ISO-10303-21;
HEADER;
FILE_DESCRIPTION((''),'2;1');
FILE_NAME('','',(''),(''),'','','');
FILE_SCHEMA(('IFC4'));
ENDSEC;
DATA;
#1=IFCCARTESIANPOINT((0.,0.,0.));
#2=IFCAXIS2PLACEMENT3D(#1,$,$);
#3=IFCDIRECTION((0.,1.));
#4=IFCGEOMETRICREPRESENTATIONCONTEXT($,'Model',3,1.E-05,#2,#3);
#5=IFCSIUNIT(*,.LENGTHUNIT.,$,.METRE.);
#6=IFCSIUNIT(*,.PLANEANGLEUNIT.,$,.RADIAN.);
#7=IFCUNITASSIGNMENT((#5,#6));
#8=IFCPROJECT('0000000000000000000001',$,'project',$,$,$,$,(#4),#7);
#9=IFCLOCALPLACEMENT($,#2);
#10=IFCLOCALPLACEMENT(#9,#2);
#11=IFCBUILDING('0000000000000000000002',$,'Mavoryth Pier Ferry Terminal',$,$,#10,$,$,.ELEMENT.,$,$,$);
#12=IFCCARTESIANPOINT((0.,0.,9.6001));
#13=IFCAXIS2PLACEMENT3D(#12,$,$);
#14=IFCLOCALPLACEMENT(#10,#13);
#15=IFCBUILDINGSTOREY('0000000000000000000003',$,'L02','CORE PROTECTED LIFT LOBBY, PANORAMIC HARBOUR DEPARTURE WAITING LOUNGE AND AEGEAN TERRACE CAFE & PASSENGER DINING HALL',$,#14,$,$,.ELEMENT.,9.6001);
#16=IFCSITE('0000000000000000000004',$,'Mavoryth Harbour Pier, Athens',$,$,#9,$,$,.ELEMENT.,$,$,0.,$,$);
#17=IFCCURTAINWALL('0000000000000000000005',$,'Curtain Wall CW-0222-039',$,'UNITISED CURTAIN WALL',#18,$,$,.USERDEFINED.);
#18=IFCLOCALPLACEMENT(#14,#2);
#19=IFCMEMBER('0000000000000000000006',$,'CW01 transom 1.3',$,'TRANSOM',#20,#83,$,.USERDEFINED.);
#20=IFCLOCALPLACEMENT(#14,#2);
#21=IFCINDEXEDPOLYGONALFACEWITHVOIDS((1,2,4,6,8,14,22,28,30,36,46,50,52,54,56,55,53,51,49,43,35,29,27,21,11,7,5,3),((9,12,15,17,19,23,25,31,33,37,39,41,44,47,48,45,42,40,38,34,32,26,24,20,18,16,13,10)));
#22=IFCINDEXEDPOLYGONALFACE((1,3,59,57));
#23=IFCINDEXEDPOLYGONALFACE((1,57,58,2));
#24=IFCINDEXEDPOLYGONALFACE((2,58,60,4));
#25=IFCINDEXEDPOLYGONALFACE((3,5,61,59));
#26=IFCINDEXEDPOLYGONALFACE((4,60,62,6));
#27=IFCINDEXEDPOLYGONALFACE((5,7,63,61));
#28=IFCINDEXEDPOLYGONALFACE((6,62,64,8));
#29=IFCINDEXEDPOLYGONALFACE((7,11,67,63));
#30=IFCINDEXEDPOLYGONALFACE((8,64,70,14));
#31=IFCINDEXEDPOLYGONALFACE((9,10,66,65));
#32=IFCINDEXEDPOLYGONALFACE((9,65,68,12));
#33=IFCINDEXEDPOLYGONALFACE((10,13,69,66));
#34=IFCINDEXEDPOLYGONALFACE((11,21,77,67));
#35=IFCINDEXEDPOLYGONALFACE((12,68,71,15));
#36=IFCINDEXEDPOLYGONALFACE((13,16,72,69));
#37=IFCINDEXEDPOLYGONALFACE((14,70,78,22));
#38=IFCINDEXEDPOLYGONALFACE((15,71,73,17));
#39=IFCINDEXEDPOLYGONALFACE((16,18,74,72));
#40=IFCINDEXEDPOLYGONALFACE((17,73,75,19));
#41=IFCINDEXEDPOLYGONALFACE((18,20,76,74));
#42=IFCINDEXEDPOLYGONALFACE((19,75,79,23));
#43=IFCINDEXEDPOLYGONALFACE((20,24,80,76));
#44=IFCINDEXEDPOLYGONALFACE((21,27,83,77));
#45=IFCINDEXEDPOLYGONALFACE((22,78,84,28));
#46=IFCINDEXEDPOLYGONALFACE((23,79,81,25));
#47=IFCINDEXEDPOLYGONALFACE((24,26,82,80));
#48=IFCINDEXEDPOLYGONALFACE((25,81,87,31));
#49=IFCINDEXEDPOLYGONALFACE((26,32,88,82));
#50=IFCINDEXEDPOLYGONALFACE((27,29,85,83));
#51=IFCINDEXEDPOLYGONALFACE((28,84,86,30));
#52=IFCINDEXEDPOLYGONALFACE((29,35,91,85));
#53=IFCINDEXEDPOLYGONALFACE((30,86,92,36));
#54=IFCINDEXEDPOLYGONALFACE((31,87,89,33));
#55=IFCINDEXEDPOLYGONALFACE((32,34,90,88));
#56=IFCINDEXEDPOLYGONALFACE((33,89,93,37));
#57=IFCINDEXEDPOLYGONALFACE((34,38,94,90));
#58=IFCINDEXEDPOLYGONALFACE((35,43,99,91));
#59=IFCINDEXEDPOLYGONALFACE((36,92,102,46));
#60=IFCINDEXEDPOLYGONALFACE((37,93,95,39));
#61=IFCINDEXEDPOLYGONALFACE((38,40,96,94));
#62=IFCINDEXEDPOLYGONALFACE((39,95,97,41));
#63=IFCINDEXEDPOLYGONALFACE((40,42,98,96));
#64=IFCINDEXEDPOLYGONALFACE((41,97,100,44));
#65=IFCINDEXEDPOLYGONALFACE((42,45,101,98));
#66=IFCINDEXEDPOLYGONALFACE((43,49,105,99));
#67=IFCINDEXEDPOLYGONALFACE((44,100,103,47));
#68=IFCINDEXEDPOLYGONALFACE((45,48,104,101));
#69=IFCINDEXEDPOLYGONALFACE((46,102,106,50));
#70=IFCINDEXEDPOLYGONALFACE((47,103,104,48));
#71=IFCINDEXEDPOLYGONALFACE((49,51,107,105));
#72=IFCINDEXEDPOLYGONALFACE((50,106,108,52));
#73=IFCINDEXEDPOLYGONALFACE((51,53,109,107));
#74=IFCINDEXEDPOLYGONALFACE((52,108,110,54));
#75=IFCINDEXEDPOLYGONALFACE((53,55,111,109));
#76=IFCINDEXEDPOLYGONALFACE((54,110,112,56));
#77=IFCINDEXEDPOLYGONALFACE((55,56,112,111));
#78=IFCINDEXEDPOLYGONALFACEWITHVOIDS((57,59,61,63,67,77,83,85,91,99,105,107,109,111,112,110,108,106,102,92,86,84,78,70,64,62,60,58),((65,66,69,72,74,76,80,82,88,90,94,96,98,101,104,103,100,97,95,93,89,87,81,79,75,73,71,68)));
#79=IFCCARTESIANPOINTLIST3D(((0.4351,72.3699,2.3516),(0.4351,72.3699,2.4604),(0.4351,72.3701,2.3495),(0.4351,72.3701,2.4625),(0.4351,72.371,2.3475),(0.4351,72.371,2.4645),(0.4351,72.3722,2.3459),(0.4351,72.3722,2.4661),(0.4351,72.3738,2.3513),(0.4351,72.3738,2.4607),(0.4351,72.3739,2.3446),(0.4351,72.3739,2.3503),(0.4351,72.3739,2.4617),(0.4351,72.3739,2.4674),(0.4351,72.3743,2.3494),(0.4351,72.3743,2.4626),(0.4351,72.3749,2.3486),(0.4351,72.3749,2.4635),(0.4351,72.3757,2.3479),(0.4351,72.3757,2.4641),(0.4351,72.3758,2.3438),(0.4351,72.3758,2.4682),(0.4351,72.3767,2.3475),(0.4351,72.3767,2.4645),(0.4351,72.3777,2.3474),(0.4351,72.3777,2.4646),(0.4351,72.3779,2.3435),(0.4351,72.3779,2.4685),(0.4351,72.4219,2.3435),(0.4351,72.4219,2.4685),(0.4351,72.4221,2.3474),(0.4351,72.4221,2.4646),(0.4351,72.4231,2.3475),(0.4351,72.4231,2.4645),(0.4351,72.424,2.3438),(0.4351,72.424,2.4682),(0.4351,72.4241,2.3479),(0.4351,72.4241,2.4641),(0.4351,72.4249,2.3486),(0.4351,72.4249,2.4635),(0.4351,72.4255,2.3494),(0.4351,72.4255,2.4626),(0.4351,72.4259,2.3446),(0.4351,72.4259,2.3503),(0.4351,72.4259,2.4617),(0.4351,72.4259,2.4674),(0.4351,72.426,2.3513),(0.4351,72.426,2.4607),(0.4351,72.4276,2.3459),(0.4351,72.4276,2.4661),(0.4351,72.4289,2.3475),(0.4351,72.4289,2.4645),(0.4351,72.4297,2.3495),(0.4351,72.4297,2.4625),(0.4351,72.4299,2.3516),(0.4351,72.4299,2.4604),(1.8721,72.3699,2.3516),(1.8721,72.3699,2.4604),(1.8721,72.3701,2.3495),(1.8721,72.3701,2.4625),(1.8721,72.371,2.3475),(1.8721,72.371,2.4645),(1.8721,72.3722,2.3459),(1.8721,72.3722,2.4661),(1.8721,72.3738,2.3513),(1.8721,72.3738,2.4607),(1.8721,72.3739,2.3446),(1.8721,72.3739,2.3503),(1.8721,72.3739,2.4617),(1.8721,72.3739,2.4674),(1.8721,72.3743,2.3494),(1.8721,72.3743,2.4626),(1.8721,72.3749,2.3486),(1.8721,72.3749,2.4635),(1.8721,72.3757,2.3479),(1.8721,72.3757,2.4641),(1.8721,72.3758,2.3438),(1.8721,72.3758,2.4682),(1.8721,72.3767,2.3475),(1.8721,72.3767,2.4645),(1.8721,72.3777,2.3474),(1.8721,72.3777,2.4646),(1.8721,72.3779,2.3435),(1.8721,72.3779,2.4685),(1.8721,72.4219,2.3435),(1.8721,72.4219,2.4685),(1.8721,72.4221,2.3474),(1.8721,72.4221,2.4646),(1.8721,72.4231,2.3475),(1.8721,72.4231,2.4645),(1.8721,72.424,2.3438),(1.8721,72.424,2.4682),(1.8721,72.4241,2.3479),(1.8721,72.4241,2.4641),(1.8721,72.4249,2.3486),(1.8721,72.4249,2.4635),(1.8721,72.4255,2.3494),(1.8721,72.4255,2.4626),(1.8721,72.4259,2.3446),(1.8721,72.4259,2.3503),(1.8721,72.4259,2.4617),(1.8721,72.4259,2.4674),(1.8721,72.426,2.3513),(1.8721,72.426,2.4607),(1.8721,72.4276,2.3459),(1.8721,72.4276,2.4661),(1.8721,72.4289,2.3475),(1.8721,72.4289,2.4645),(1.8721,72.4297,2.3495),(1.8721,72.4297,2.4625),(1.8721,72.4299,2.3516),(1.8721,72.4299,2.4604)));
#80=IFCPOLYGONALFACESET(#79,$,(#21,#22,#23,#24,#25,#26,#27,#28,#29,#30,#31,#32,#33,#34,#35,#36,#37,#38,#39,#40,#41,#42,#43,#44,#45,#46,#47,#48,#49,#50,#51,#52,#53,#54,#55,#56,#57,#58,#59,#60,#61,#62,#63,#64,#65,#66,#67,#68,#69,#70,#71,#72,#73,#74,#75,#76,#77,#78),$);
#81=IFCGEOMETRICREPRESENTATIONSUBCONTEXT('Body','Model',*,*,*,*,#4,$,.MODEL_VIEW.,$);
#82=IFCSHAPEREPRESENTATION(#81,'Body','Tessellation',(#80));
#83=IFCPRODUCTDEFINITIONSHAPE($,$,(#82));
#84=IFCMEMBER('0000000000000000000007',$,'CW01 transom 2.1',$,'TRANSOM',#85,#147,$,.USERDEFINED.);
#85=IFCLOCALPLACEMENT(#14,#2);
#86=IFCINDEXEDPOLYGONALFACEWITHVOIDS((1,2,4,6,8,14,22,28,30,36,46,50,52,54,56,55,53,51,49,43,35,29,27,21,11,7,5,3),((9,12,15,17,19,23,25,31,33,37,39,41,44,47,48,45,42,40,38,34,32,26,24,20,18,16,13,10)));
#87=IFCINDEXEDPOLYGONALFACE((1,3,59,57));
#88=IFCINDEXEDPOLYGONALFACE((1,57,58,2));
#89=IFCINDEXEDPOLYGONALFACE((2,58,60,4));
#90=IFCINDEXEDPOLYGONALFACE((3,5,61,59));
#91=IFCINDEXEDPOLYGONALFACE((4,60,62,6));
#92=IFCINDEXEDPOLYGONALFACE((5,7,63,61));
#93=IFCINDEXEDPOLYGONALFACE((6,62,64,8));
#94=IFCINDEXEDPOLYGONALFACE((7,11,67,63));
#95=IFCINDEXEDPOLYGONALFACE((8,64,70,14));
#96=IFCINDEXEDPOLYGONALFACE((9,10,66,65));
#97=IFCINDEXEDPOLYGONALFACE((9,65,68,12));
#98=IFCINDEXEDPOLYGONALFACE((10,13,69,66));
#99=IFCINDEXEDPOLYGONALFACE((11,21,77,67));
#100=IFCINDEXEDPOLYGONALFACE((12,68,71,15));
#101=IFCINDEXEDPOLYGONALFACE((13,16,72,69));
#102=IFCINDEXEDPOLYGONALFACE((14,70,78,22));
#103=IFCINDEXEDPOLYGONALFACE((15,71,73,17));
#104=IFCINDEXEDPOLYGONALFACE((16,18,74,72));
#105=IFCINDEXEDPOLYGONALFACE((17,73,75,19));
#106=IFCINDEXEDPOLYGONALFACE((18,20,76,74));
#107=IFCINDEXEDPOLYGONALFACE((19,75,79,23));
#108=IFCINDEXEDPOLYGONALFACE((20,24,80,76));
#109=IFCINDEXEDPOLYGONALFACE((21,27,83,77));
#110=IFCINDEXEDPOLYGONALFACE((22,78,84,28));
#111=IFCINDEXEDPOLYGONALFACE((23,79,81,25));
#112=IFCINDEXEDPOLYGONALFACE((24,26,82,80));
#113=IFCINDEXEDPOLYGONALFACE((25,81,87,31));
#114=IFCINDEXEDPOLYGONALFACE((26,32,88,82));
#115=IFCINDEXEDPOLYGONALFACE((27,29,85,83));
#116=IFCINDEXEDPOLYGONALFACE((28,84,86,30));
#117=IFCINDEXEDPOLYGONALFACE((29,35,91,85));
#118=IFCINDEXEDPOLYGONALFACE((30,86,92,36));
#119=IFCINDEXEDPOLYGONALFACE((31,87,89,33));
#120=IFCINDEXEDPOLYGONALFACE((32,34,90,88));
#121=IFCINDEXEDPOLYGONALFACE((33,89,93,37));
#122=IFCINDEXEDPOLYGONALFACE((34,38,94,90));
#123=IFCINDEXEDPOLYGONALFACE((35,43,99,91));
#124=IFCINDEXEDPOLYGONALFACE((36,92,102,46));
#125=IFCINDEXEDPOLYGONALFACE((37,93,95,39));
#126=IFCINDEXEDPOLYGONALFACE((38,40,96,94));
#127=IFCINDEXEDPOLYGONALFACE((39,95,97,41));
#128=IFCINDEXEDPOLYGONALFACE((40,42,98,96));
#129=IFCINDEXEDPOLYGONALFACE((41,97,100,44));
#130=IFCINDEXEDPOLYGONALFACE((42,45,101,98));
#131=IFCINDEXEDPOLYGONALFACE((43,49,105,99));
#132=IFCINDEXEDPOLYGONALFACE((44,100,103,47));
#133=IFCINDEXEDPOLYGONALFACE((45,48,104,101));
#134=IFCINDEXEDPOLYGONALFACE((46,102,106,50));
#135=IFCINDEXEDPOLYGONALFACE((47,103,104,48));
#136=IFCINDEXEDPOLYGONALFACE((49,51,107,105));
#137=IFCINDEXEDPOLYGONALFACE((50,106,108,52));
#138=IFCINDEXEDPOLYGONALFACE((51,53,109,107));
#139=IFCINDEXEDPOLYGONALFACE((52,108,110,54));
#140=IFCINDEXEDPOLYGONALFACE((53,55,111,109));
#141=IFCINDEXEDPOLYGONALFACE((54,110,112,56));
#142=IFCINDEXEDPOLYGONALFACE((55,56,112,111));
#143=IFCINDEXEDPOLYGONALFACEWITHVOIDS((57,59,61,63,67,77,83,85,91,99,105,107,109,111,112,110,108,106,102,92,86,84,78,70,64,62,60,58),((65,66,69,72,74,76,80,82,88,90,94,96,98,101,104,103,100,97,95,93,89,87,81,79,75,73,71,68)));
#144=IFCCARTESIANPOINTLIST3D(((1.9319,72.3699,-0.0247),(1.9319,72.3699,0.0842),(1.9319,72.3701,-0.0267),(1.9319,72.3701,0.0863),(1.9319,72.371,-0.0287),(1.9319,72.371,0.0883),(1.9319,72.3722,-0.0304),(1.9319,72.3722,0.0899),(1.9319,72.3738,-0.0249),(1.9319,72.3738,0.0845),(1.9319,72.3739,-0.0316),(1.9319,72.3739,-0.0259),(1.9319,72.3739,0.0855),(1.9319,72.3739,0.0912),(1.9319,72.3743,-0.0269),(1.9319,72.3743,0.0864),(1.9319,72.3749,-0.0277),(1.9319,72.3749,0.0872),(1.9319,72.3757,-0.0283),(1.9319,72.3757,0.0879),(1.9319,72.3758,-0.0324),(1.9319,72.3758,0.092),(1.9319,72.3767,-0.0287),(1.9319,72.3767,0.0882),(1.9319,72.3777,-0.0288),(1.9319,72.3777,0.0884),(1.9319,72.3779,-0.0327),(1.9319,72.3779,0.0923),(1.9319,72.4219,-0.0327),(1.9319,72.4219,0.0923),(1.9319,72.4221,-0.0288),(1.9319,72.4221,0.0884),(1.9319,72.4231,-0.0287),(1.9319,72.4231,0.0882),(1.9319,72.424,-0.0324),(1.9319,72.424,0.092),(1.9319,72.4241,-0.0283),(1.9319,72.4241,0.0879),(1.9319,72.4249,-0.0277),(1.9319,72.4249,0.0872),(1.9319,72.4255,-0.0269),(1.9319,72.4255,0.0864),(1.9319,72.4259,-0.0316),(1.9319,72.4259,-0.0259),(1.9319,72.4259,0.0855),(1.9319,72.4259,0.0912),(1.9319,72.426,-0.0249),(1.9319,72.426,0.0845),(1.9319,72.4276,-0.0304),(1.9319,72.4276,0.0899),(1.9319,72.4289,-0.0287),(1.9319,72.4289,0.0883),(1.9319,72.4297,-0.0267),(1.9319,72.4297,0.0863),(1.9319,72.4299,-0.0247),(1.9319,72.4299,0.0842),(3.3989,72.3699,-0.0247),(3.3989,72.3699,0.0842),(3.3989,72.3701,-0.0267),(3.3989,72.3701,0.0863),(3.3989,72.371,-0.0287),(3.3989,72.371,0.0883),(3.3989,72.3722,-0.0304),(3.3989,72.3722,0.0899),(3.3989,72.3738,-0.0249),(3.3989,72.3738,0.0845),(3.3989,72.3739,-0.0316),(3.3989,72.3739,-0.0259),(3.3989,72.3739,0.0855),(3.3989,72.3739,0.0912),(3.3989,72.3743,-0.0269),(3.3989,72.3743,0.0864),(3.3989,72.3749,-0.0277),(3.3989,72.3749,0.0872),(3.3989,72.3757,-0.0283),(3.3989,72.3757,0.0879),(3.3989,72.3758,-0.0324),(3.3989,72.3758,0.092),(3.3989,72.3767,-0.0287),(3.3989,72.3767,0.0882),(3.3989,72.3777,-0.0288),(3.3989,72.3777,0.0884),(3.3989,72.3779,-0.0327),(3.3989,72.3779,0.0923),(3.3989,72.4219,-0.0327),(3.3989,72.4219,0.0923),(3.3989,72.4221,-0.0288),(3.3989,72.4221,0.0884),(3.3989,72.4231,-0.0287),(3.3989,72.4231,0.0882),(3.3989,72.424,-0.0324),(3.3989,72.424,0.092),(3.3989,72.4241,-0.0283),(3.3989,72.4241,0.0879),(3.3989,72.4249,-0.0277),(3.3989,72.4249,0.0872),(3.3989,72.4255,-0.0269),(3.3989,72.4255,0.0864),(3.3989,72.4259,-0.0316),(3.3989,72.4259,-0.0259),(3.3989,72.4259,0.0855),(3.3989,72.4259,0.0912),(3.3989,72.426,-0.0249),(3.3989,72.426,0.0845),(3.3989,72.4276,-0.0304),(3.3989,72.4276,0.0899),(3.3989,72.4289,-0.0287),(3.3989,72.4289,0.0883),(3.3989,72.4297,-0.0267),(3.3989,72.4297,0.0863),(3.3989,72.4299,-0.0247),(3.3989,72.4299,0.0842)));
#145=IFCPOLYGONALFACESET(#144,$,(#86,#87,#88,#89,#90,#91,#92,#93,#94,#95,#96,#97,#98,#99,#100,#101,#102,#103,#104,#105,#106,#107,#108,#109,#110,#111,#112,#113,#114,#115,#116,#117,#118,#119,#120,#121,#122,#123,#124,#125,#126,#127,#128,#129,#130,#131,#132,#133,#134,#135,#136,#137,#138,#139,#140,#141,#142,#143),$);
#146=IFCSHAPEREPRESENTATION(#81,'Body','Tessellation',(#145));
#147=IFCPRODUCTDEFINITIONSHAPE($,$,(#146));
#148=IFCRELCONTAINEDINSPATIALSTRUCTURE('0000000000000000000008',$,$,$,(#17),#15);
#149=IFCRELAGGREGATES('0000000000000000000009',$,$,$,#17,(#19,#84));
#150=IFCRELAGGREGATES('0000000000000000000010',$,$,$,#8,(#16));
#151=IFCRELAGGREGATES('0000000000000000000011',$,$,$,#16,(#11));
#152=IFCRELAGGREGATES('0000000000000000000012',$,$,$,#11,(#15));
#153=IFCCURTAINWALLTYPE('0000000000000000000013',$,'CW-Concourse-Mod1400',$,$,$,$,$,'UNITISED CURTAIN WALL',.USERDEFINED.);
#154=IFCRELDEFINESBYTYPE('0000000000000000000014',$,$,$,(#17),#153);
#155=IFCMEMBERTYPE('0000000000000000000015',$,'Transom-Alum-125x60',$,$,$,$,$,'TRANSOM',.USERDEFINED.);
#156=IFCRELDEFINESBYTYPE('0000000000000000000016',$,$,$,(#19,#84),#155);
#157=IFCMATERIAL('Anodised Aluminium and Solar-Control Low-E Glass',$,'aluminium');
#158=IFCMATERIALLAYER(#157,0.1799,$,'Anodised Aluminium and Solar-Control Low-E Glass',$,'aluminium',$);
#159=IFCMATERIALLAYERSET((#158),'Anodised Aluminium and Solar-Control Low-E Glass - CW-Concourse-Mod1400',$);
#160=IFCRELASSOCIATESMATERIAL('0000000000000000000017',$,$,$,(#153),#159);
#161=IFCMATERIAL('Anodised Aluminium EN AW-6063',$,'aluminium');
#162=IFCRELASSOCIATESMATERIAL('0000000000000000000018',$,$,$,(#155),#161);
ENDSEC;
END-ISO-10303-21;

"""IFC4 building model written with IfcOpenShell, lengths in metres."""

from ifc_helpers import new_model, si_unit, direction, frame, origin, origin_2d, place, context, subcontext, project, spatial, hollow_rectangle, extrude, material, layer, layer_set, material_profile, profile_set, type_object, element, aggregate, save


model = new_model("IFC4")

# Units and contexts
model_context = context("Model", 3, precision=1e-05, world=origin(), true_north=direction((0.0, 1.0)))
body_context = subcontext(model_context, "Body", "Model", "MODEL_VIEW")
ifc_project = project(units=[si_unit("LENGTHUNIT", "METRE"), si_unit("PLANEANGLEUNIT", "RADIAN")], contexts=[model_context])

# Site, building, storey
site_placement = place(None, origin())
site = spatial("IfcSite", under=ifc_project, at=site_placement, Name="Mavoryth Harbour Pier, Athens", CompositionType="ELEMENT", RefElevation=0.0)
building_placement = place(site_placement, origin())
building = spatial("IfcBuilding", under=site, at=building_placement, Name="Mavoryth Pier Ferry Terminal", CompositionType="ELEMENT")
storey_placement = place(building_placement, frame((0.0, 0.0, 9.6001)))
storey = spatial("IfcBuildingStorey", under=building, at=storey_placement, Name="L02", Description="CORE PROTECTED LIFT LOBBY, PANORAMIC HARBOUR DEPARTURE WAITING LOUNGE AND AEGEAN TERRACE CAFE & PASSENGER DINING HALL", CompositionType="ELEMENT", Elevation=9.6001)

# Curtain wall
ifc_material_1 = material(Name="Anodised Aluminium and Solar-Control Low-E Glass", Category="aluminium")
ifc_layer_1 = layer(ifc_material_1, 0.1799, Name="Anodised Aluminium and Solar-Control Low-E Glass", Category="aluminium")
ifc_layer_set_1 = layer_set([ifc_layer_1], Name="Anodised Aluminium and Solar-Control Low-E Glass - CW-Concourse-Mod1400")
curtain_wall_type = type_object("IfcCurtainWallType", Name="CW-Concourse-Mod1400", ElementType="UNITISED CURTAIN WALL", PredefinedType="USERDEFINED", material=ifc_layer_set_1)
curtain_wall_placement = place(storey_placement, origin())
curtain_wall = element("IfcCurtainWall", 1, at=curtain_wall_placement, inside=storey, type_object=curtain_wall_type, Name="Curtain Wall CW-0222-039", ObjectType="UNITISED CURTAIN WALL", PredefinedType="USERDEFINED")
ifc_material_2 = material(Name="Anodised Aluminium EN AW-6063", Category="aluminium")

# Members
ifc_material_profile_1 = material_profile(ifc_material_2, hollow_rectangle(XDim=0.0601, YDim=0.125, WallThickness=0.0039, InnerFilletRadius=0.0039, OuterFilletRadius=0.0081, at=origin_2d()), Name="AL-TRAN 125x60x4", Category="aluminium")
ifc_profile_set_1 = profile_set([ifc_material_profile_1], Name="Anodised Aluminium EN AW-6063 - AL-TRAN 125x60x4")
member_type_1 = type_object("IfcMemberType", Name="Transom-Alum-125x60", ElementType="TRANSOM", PredefinedType="USERDEFINED", material=ifc_profile_set_1)
member_1_placement = place(storey_placement, frame((0.4351, 72.3999, 2.406), z_axis=(1.0, 0.0, 0.0), x_axis=(0.0, 1.0, 0.0)))
member_1 = element("IfcMember", 2, at=member_1_placement, type_object=member_type_1, Name="CW01 transom 1.3", ObjectType="TRANSOM", PredefinedType="USERDEFINED", context=body_context, shape_type="SweptSolid", body=[
    extrude(hollow_rectangle(XDim=0.0601, YDim=0.125, WallThickness=0.0039, InnerFilletRadius=0.0039, OuterFilletRadius=0.0081, at=origin_2d()), origin(), (0.0, 0.0, 1.0), 1.437),
])
member_2_placement = place(storey_placement, frame((1.9319, 72.3999, 0.0298), z_axis=(1.0, 0.0, 0.0), x_axis=(0.0, 1.0, 0.0)))
member_2 = element("IfcMember", 3, at=member_2_placement, type_object=member_type_1, Name="CW01 transom 2.1", ObjectType="TRANSOM", PredefinedType="USERDEFINED", context=body_context, shape_type="SweptSolid", body=[
    extrude(hollow_rectangle(XDim=0.0601, YDim=0.125, WallThickness=0.0039, InnerFilletRadius=0.0039, OuterFilletRadius=0.0081, at=origin_2d()), origin(), (0.0, 0.0, 1.0), 1.467),
])

aggregate(curtain_wall, [member_1, member_2])

save(model, "model.ifc")
